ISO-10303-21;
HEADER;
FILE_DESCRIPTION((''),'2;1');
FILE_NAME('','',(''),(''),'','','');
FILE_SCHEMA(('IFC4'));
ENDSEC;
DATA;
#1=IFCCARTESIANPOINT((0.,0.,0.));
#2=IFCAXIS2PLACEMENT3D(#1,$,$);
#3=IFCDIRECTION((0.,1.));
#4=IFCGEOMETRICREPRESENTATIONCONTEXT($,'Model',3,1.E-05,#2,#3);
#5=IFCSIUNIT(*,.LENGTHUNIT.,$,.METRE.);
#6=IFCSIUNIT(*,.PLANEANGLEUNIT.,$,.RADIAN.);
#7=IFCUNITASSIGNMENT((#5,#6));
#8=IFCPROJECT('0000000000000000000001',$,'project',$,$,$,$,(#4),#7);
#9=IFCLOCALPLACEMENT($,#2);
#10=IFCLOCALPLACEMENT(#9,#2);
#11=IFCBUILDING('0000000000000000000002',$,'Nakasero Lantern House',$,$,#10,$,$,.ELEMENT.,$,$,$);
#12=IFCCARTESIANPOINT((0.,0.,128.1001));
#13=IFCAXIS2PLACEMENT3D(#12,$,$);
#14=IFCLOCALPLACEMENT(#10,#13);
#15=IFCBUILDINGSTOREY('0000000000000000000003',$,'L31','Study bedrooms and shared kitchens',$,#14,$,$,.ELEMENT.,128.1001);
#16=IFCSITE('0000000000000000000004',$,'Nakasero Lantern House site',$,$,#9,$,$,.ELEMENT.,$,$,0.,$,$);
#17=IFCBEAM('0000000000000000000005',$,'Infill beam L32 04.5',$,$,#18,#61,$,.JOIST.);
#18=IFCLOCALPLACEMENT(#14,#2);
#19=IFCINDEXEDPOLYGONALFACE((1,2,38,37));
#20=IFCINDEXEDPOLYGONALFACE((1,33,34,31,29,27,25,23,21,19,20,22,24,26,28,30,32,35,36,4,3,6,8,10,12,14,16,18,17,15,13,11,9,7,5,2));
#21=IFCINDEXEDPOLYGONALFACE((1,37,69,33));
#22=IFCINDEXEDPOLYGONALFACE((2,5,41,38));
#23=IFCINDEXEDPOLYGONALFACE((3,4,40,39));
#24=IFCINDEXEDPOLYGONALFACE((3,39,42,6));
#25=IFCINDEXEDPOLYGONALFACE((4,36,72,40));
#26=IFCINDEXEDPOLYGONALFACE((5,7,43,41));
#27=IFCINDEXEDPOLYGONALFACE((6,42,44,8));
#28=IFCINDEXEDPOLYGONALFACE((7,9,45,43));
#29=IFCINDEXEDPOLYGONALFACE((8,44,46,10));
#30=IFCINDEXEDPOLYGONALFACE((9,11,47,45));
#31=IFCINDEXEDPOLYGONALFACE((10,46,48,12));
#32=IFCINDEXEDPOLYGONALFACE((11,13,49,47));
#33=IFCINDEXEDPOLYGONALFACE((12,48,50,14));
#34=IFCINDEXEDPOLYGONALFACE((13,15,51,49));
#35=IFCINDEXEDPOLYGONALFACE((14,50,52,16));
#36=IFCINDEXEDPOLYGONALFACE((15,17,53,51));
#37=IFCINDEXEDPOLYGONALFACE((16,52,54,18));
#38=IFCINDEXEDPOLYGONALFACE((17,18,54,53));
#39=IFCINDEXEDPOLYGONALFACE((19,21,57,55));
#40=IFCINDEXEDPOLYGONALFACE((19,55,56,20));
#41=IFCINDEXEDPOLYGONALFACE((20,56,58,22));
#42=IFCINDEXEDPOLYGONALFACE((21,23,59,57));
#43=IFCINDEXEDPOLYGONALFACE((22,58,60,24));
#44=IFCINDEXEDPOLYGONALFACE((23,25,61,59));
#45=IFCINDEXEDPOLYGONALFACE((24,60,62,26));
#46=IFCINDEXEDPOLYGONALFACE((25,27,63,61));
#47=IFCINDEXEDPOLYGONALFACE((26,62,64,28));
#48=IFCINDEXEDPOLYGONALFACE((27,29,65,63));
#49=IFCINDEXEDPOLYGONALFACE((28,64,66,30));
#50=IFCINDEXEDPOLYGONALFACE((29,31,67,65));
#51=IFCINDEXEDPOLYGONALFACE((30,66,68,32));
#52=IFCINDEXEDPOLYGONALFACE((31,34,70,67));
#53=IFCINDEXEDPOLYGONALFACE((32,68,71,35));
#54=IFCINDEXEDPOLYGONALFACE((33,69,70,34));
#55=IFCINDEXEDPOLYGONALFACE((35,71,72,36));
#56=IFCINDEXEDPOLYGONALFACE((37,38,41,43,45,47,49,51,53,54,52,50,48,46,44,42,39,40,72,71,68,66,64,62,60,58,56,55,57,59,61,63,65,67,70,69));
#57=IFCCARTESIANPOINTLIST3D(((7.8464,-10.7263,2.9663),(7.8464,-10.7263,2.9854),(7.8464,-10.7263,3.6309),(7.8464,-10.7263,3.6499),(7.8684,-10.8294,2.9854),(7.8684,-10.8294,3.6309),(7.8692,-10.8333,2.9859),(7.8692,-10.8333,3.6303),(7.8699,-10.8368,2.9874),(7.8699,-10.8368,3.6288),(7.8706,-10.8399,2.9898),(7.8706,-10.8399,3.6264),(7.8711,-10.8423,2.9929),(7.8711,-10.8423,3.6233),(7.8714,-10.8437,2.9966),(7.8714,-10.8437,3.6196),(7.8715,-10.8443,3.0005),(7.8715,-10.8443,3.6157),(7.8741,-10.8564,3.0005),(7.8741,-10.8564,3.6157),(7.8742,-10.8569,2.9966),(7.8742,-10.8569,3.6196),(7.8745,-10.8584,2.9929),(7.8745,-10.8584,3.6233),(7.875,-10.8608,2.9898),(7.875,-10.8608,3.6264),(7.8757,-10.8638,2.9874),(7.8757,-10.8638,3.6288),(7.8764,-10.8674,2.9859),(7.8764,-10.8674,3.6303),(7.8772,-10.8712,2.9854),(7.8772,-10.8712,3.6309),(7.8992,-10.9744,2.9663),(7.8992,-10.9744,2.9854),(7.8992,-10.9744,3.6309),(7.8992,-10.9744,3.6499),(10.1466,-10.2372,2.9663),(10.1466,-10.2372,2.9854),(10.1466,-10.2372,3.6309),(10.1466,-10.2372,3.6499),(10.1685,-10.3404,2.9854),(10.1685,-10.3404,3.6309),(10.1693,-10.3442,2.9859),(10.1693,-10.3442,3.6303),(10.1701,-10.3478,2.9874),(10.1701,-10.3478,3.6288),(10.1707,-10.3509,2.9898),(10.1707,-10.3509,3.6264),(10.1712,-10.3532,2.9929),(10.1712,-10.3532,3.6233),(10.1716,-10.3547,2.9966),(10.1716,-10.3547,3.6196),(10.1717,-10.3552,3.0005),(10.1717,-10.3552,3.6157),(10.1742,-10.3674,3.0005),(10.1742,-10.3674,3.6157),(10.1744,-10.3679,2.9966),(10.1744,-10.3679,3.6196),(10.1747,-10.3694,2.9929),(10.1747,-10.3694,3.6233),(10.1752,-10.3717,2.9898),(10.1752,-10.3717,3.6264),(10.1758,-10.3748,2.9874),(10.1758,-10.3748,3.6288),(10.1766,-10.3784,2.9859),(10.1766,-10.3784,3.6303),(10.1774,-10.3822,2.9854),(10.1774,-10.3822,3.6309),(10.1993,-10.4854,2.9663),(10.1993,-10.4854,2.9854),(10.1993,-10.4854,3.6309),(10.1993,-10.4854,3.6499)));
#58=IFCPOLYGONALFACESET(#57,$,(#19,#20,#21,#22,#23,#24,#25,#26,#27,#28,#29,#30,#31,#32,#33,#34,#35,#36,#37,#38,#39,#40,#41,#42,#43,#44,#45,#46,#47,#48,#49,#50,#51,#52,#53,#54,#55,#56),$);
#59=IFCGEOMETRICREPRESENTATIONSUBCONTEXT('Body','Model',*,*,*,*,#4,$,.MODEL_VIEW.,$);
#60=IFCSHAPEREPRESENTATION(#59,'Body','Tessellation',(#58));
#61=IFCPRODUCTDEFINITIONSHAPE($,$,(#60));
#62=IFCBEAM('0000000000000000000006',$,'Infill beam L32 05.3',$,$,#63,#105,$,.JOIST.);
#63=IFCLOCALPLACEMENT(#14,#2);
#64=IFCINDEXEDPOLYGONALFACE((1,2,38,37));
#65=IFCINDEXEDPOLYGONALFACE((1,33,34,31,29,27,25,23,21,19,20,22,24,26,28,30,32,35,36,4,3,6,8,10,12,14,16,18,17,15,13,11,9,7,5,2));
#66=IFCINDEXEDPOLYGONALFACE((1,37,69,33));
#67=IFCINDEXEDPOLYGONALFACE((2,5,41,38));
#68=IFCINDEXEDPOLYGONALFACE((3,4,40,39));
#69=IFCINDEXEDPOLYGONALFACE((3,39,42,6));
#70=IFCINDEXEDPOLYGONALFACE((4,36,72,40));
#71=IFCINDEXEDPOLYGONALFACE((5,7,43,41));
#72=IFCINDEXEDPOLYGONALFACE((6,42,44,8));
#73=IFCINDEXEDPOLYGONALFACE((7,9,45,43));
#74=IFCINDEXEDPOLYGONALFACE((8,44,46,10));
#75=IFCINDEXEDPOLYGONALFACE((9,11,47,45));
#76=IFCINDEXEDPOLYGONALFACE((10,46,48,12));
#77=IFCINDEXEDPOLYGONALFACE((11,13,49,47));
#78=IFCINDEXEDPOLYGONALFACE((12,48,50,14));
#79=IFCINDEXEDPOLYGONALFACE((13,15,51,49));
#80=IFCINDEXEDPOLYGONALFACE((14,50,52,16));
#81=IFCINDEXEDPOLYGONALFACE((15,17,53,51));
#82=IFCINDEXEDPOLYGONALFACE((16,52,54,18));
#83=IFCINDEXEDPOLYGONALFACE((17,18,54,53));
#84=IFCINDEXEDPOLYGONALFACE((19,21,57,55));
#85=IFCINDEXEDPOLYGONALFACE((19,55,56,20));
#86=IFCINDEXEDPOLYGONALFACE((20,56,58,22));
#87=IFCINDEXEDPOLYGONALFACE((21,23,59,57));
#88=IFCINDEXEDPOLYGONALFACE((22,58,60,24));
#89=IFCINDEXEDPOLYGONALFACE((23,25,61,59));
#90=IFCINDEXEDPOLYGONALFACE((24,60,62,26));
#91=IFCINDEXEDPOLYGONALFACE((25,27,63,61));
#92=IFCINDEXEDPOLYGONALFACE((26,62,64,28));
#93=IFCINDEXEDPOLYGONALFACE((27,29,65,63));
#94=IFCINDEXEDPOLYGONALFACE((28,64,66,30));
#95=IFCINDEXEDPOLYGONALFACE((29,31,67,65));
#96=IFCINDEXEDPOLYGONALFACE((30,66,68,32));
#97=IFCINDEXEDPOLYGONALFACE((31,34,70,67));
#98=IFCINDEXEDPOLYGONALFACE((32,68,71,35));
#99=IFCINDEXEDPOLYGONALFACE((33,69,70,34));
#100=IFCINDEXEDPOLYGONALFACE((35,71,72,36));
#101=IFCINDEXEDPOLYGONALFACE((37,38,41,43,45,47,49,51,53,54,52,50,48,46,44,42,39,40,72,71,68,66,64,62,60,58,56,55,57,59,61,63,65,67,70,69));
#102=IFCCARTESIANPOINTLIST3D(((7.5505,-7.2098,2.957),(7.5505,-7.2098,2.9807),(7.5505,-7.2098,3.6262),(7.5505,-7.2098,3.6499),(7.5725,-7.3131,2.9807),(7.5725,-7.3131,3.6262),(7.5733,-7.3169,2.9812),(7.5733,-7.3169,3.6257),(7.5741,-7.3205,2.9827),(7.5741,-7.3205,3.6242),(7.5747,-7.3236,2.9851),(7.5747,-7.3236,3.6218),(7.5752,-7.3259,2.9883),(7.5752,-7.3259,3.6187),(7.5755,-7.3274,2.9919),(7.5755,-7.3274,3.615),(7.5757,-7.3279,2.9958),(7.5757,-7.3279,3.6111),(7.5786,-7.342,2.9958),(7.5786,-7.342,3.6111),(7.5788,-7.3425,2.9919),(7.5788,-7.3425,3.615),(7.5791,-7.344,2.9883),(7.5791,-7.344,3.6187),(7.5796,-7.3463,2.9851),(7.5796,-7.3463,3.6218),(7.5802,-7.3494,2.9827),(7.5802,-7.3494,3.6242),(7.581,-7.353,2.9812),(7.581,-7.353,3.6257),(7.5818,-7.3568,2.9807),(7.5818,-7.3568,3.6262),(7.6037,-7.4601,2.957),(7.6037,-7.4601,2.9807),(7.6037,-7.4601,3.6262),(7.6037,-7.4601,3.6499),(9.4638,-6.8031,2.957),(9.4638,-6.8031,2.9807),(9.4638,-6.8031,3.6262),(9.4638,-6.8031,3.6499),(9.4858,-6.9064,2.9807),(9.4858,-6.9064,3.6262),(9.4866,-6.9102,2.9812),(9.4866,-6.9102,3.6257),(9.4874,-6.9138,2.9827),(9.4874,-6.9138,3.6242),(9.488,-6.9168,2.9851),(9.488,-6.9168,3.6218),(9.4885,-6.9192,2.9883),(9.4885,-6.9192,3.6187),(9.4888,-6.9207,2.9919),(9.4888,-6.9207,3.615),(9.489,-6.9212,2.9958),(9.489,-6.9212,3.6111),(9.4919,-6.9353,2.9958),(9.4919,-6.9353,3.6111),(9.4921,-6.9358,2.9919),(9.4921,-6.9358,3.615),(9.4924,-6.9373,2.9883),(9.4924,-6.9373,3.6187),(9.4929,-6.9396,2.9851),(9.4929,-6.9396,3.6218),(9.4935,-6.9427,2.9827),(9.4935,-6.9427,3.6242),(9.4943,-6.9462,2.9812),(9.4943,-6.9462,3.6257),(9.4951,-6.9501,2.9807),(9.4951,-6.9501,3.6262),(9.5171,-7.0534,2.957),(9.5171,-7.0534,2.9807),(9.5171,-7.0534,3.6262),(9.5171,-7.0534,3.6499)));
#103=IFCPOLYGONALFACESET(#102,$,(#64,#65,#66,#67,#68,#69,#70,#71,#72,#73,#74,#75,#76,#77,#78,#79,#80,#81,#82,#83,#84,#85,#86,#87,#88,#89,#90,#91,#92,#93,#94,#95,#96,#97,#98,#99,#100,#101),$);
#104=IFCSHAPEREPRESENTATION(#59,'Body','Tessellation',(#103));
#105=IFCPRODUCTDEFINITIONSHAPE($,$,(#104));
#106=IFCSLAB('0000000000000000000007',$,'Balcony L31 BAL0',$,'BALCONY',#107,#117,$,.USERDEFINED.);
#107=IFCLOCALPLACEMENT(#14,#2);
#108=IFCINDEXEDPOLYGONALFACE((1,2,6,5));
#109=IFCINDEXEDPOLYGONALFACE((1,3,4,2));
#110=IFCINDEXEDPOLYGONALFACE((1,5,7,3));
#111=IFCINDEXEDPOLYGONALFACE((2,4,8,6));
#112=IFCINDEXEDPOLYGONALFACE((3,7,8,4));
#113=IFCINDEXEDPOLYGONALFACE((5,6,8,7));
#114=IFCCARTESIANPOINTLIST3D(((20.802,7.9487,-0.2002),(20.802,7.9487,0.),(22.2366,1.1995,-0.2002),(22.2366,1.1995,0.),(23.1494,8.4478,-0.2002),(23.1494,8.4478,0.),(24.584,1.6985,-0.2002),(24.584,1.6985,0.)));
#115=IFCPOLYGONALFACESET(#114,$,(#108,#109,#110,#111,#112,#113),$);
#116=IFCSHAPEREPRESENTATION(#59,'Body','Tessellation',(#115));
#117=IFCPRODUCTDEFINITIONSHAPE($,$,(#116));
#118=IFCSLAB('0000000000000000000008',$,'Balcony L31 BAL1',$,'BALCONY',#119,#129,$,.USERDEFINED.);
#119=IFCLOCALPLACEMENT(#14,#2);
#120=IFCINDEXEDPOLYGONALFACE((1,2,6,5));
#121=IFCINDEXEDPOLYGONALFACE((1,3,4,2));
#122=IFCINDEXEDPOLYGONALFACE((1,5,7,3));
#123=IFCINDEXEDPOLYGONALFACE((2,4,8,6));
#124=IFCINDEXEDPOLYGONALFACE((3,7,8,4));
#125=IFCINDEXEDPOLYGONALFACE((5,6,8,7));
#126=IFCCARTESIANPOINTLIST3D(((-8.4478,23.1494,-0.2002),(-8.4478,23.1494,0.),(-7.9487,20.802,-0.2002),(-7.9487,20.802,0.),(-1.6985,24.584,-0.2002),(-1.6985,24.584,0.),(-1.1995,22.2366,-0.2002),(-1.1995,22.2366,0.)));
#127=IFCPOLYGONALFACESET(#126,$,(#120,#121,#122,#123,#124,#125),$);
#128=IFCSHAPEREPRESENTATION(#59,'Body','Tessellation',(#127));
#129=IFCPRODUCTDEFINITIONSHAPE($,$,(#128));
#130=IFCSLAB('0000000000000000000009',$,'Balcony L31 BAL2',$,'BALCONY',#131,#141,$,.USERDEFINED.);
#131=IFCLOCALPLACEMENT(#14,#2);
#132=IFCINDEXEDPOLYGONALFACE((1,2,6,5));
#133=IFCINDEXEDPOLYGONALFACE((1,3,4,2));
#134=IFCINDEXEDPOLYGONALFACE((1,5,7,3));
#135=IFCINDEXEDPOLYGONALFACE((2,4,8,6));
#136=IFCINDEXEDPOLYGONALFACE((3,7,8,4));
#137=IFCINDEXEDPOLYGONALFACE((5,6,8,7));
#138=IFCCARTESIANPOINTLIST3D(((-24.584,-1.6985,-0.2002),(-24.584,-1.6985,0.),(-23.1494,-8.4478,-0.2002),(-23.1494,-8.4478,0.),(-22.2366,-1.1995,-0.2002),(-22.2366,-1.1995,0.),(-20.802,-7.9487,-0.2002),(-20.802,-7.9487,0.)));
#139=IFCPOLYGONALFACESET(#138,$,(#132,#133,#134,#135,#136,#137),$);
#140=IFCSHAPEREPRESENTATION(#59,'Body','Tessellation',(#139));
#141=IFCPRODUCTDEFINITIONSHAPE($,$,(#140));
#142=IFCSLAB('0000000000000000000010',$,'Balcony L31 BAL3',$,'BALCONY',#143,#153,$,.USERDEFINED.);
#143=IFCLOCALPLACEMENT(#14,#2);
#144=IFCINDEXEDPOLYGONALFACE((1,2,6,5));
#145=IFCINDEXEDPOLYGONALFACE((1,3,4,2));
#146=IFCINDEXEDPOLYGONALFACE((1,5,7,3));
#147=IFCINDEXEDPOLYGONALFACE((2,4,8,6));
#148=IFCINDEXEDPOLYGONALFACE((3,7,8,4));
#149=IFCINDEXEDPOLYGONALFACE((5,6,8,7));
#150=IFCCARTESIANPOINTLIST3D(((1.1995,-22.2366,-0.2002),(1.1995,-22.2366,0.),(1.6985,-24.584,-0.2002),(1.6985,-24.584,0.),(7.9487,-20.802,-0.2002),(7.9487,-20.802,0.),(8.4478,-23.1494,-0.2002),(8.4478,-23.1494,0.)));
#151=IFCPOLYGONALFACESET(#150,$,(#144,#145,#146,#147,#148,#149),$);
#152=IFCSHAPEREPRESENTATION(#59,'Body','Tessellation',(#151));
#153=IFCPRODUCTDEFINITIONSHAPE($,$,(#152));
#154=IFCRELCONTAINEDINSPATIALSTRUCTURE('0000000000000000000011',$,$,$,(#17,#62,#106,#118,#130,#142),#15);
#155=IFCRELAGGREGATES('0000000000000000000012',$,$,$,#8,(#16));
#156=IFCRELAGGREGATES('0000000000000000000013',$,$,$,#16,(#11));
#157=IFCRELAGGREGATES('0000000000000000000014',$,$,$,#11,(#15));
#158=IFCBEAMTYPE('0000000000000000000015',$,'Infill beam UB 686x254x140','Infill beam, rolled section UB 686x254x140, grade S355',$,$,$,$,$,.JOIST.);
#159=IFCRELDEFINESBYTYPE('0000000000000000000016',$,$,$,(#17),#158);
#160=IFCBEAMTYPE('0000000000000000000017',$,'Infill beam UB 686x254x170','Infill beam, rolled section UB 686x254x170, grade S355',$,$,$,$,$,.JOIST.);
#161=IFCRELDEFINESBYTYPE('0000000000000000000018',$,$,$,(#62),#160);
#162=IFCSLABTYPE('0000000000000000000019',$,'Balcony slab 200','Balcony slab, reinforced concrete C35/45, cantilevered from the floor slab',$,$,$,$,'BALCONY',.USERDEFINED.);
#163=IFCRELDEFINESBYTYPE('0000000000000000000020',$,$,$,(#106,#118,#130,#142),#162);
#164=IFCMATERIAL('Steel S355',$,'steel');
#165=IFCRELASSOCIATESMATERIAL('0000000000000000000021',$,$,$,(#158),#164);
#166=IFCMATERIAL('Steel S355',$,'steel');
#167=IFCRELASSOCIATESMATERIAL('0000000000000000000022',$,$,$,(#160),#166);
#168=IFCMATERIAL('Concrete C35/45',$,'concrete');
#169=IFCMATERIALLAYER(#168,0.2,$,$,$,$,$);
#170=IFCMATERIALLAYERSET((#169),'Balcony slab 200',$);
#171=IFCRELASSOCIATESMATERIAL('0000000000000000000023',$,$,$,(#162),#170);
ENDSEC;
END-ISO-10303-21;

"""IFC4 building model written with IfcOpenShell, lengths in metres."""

from ifc_helpers import new_model, si_unit, direction, frame, origin, origin_2d, place, context, subcontext, project, spatial, polyline, i_section, outline, extrude, material, layer, layer_set, material_profile, profile_set, type_object, element, save


model = new_model("IFC4")

# Units and contexts
model_context = context("Model", 3, precision=1e-05, world=origin(), true_north=direction((0.0, 1.0)))
body_context = subcontext(model_context, "Body", "Model", "MODEL_VIEW")
ifc_project = project(units=[si_unit("LENGTHUNIT", "METRE"), si_unit("PLANEANGLEUNIT", "RADIAN")], contexts=[model_context])

# Site, building, storey
site_placement = place(None, origin())
site = spatial("IfcSite", under=ifc_project, at=site_placement, Name="Nakasero Lantern House site", CompositionType="ELEMENT", RefElevation=0.0)
building_placement = place(site_placement, origin())
building = spatial("IfcBuilding", under=site, at=building_placement, Name="Nakasero Lantern House", CompositionType="ELEMENT")
storey_placement = place(building_placement, frame((0.0, 0.0, 128.1001)))
storey = spatial("IfcBuildingStorey", under=building, at=storey_placement, Name="L31", Description="Study bedrooms and shared kitchens", CompositionType="ELEMENT", Elevation=128.1001)

# Beams
ifc_material_1 = material(Name="Steel S355", Category="steel")
ifc_material_profile_1 = material_profile(ifc_material_1, i_section(OverallWidth=0.2537, OverallDepth=0.6836, WebThickness=0.0125, FlangeThickness=0.019, FilletRadius=0.0151, at=origin_2d()), Name="UB 686x254x140")
ifc_profile_set_1 = profile_set([ifc_material_profile_1], Name="Steel S355")
beam_type_1 = type_object("IfcBeamType", Name="Infill beam UB 686x254x140", Description="Infill beam, rolled section UB 686x254x140, grade S355", PredefinedType="JOIST", material=ifc_profile_set_1)
beam_1_placement = place(storey_placement, frame((7.8728, -10.8503, 3.3081), z_axis=(0.978137, 0.207962, 0.0), x_axis=(-0.207962, 0.978137, 0.0)))
element("IfcBeam", 1, at=beam_1_placement, inside=storey, type_object=beam_type_1, Name="Infill beam L32 04.5", PredefinedType="JOIST", context=body_context, shape_type="SweptSolid", body=[
    extrude(i_section(OverallWidth=0.2537, OverallDepth=0.6836, WebThickness=0.0125, FlangeThickness=0.019, FilletRadius=0.0151, at=origin_2d()), origin(), (0.0, 0.0, 1.0), 2.3516),
])
ifc_material_2 = material(Name="Steel S355", Category="steel")
ifc_material_profile_2 = material_profile(ifc_material_2, i_section(OverallWidth=0.2559, OverallDepth=0.6929, WebThickness=0.0144, FlangeThickness=0.0237, FilletRadius=0.0151, at=origin_2d()), Name="UB 686x254x170")
ifc_profile_set_2 = profile_set([ifc_material_profile_2], Name="Steel S355")
beam_type_2 = type_object("IfcBeamType", Name="Infill beam UB 686x254x170", Description="Infill beam, rolled section UB 686x254x170, grade S355", PredefinedType="JOIST", material=ifc_profile_set_2)
beam_2_placement = place(storey_placement, frame((7.5771, -7.335, 3.3035), z_axis=(0.978143, 0.207935, 0.0), x_axis=(-0.207935, 0.978143, 0.0)))
element("IfcBeam", 2, at=beam_2_placement, inside=storey, type_object=beam_type_2, Name="Infill beam L32 05.3", PredefinedType="JOIST", context=body_context, shape_type="SweptSolid", body=[
    extrude(i_section(OverallWidth=0.2559, OverallDepth=0.6929, WebThickness=0.0144, FlangeThickness=0.0237, FilletRadius=0.0151, at=origin_2d()), origin(), (0.0, 0.0, 1.0), 1.9561),
])

# Slabs
ifc_material_3 = material(Name="Concrete C35/45", Category="concrete")
ifc_layer_1 = layer(ifc_material_3, 0.2)
ifc_layer_set_1 = layer_set([ifc_layer_1], Name="Balcony slab 200")
slab_type_1 = type_object("IfcSlabType", Name="Balcony slab 200", Description="Balcony slab, reinforced concrete C35/45, cantilevered from the floor slab", ElementType="BALCONY", PredefinedType="USERDEFINED", material=ifc_layer_set_1)
slab_1_placement = place(storey_placement, frame((0.0, 0.0, -0.2002)))
element("IfcSlab", 3, at=slab_1_placement, inside=storey, type_object=slab_type_1, Name="Balcony L31 BAL0", ObjectType="BALCONY", PredefinedType="USERDEFINED", context=body_context, shape_type="SweptSolid", body=[
    extrude(outline(polyline([(22.2366, 1.1995), (24.584, 1.6985), (23.1494, 8.4478), (20.802, 7.9487), (22.2366, 1.1995)])), origin(), (0.0, 0.0, 1.0), 0.2002),
])
slab_2_placement = place(storey_placement, frame((0.0, 0.0, -0.2002)))
element("IfcSlab", 4, at=slab_2_placement, inside=storey, type_object=slab_type_1, Name="Balcony L31 BAL1", ObjectType="BALCONY", PredefinedType="USERDEFINED", context=body_context, shape_type="SweptSolid", body=[
    extrude(outline(polyline([(-1.1995, 22.2366), (-1.6985, 24.584), (-8.4478, 23.1494), (-7.9487, 20.802), (-1.1995, 22.2366)])), origin(), (0.0, 0.0, 1.0), 0.2002),
])
slab_3_placement = place(storey_placement, frame((0.0, 0.0, -0.2002)))
element("IfcSlab", 5, at=slab_3_placement, inside=storey, type_object=slab_type_1, Name="Balcony L31 BAL2", ObjectType="BALCONY", PredefinedType="USERDEFINED", context=body_context, shape_type="SweptSolid", body=[
    extrude(outline(polyline([(-22.2366, -1.1995), (-24.584, -1.6985), (-23.1494, -8.4478), (-20.802, -7.9487), (-22.2366, -1.1995)])), origin(), (0.0, 0.0, 1.0), 0.2002),
])
slab_4_placement = place(storey_placement, frame((0.0, 0.0, -0.2002)))
element("IfcSlab", 6, at=slab_4_placement, inside=storey, type_object=slab_type_1, Name="Balcony L31 BAL3", ObjectType="BALCONY", PredefinedType="USERDEFINED", context=body_context, shape_type="SweptSolid", body=[
    extrude(outline(polyline([(1.1995, -22.2366), (1.6985, -24.584), (8.4478, -23.1494), (7.9487, -20.802), (1.1995, -22.2366)])), origin(), (0.0, 0.0, 1.0), 0.2002),
])

save(model, "model.ifc")
